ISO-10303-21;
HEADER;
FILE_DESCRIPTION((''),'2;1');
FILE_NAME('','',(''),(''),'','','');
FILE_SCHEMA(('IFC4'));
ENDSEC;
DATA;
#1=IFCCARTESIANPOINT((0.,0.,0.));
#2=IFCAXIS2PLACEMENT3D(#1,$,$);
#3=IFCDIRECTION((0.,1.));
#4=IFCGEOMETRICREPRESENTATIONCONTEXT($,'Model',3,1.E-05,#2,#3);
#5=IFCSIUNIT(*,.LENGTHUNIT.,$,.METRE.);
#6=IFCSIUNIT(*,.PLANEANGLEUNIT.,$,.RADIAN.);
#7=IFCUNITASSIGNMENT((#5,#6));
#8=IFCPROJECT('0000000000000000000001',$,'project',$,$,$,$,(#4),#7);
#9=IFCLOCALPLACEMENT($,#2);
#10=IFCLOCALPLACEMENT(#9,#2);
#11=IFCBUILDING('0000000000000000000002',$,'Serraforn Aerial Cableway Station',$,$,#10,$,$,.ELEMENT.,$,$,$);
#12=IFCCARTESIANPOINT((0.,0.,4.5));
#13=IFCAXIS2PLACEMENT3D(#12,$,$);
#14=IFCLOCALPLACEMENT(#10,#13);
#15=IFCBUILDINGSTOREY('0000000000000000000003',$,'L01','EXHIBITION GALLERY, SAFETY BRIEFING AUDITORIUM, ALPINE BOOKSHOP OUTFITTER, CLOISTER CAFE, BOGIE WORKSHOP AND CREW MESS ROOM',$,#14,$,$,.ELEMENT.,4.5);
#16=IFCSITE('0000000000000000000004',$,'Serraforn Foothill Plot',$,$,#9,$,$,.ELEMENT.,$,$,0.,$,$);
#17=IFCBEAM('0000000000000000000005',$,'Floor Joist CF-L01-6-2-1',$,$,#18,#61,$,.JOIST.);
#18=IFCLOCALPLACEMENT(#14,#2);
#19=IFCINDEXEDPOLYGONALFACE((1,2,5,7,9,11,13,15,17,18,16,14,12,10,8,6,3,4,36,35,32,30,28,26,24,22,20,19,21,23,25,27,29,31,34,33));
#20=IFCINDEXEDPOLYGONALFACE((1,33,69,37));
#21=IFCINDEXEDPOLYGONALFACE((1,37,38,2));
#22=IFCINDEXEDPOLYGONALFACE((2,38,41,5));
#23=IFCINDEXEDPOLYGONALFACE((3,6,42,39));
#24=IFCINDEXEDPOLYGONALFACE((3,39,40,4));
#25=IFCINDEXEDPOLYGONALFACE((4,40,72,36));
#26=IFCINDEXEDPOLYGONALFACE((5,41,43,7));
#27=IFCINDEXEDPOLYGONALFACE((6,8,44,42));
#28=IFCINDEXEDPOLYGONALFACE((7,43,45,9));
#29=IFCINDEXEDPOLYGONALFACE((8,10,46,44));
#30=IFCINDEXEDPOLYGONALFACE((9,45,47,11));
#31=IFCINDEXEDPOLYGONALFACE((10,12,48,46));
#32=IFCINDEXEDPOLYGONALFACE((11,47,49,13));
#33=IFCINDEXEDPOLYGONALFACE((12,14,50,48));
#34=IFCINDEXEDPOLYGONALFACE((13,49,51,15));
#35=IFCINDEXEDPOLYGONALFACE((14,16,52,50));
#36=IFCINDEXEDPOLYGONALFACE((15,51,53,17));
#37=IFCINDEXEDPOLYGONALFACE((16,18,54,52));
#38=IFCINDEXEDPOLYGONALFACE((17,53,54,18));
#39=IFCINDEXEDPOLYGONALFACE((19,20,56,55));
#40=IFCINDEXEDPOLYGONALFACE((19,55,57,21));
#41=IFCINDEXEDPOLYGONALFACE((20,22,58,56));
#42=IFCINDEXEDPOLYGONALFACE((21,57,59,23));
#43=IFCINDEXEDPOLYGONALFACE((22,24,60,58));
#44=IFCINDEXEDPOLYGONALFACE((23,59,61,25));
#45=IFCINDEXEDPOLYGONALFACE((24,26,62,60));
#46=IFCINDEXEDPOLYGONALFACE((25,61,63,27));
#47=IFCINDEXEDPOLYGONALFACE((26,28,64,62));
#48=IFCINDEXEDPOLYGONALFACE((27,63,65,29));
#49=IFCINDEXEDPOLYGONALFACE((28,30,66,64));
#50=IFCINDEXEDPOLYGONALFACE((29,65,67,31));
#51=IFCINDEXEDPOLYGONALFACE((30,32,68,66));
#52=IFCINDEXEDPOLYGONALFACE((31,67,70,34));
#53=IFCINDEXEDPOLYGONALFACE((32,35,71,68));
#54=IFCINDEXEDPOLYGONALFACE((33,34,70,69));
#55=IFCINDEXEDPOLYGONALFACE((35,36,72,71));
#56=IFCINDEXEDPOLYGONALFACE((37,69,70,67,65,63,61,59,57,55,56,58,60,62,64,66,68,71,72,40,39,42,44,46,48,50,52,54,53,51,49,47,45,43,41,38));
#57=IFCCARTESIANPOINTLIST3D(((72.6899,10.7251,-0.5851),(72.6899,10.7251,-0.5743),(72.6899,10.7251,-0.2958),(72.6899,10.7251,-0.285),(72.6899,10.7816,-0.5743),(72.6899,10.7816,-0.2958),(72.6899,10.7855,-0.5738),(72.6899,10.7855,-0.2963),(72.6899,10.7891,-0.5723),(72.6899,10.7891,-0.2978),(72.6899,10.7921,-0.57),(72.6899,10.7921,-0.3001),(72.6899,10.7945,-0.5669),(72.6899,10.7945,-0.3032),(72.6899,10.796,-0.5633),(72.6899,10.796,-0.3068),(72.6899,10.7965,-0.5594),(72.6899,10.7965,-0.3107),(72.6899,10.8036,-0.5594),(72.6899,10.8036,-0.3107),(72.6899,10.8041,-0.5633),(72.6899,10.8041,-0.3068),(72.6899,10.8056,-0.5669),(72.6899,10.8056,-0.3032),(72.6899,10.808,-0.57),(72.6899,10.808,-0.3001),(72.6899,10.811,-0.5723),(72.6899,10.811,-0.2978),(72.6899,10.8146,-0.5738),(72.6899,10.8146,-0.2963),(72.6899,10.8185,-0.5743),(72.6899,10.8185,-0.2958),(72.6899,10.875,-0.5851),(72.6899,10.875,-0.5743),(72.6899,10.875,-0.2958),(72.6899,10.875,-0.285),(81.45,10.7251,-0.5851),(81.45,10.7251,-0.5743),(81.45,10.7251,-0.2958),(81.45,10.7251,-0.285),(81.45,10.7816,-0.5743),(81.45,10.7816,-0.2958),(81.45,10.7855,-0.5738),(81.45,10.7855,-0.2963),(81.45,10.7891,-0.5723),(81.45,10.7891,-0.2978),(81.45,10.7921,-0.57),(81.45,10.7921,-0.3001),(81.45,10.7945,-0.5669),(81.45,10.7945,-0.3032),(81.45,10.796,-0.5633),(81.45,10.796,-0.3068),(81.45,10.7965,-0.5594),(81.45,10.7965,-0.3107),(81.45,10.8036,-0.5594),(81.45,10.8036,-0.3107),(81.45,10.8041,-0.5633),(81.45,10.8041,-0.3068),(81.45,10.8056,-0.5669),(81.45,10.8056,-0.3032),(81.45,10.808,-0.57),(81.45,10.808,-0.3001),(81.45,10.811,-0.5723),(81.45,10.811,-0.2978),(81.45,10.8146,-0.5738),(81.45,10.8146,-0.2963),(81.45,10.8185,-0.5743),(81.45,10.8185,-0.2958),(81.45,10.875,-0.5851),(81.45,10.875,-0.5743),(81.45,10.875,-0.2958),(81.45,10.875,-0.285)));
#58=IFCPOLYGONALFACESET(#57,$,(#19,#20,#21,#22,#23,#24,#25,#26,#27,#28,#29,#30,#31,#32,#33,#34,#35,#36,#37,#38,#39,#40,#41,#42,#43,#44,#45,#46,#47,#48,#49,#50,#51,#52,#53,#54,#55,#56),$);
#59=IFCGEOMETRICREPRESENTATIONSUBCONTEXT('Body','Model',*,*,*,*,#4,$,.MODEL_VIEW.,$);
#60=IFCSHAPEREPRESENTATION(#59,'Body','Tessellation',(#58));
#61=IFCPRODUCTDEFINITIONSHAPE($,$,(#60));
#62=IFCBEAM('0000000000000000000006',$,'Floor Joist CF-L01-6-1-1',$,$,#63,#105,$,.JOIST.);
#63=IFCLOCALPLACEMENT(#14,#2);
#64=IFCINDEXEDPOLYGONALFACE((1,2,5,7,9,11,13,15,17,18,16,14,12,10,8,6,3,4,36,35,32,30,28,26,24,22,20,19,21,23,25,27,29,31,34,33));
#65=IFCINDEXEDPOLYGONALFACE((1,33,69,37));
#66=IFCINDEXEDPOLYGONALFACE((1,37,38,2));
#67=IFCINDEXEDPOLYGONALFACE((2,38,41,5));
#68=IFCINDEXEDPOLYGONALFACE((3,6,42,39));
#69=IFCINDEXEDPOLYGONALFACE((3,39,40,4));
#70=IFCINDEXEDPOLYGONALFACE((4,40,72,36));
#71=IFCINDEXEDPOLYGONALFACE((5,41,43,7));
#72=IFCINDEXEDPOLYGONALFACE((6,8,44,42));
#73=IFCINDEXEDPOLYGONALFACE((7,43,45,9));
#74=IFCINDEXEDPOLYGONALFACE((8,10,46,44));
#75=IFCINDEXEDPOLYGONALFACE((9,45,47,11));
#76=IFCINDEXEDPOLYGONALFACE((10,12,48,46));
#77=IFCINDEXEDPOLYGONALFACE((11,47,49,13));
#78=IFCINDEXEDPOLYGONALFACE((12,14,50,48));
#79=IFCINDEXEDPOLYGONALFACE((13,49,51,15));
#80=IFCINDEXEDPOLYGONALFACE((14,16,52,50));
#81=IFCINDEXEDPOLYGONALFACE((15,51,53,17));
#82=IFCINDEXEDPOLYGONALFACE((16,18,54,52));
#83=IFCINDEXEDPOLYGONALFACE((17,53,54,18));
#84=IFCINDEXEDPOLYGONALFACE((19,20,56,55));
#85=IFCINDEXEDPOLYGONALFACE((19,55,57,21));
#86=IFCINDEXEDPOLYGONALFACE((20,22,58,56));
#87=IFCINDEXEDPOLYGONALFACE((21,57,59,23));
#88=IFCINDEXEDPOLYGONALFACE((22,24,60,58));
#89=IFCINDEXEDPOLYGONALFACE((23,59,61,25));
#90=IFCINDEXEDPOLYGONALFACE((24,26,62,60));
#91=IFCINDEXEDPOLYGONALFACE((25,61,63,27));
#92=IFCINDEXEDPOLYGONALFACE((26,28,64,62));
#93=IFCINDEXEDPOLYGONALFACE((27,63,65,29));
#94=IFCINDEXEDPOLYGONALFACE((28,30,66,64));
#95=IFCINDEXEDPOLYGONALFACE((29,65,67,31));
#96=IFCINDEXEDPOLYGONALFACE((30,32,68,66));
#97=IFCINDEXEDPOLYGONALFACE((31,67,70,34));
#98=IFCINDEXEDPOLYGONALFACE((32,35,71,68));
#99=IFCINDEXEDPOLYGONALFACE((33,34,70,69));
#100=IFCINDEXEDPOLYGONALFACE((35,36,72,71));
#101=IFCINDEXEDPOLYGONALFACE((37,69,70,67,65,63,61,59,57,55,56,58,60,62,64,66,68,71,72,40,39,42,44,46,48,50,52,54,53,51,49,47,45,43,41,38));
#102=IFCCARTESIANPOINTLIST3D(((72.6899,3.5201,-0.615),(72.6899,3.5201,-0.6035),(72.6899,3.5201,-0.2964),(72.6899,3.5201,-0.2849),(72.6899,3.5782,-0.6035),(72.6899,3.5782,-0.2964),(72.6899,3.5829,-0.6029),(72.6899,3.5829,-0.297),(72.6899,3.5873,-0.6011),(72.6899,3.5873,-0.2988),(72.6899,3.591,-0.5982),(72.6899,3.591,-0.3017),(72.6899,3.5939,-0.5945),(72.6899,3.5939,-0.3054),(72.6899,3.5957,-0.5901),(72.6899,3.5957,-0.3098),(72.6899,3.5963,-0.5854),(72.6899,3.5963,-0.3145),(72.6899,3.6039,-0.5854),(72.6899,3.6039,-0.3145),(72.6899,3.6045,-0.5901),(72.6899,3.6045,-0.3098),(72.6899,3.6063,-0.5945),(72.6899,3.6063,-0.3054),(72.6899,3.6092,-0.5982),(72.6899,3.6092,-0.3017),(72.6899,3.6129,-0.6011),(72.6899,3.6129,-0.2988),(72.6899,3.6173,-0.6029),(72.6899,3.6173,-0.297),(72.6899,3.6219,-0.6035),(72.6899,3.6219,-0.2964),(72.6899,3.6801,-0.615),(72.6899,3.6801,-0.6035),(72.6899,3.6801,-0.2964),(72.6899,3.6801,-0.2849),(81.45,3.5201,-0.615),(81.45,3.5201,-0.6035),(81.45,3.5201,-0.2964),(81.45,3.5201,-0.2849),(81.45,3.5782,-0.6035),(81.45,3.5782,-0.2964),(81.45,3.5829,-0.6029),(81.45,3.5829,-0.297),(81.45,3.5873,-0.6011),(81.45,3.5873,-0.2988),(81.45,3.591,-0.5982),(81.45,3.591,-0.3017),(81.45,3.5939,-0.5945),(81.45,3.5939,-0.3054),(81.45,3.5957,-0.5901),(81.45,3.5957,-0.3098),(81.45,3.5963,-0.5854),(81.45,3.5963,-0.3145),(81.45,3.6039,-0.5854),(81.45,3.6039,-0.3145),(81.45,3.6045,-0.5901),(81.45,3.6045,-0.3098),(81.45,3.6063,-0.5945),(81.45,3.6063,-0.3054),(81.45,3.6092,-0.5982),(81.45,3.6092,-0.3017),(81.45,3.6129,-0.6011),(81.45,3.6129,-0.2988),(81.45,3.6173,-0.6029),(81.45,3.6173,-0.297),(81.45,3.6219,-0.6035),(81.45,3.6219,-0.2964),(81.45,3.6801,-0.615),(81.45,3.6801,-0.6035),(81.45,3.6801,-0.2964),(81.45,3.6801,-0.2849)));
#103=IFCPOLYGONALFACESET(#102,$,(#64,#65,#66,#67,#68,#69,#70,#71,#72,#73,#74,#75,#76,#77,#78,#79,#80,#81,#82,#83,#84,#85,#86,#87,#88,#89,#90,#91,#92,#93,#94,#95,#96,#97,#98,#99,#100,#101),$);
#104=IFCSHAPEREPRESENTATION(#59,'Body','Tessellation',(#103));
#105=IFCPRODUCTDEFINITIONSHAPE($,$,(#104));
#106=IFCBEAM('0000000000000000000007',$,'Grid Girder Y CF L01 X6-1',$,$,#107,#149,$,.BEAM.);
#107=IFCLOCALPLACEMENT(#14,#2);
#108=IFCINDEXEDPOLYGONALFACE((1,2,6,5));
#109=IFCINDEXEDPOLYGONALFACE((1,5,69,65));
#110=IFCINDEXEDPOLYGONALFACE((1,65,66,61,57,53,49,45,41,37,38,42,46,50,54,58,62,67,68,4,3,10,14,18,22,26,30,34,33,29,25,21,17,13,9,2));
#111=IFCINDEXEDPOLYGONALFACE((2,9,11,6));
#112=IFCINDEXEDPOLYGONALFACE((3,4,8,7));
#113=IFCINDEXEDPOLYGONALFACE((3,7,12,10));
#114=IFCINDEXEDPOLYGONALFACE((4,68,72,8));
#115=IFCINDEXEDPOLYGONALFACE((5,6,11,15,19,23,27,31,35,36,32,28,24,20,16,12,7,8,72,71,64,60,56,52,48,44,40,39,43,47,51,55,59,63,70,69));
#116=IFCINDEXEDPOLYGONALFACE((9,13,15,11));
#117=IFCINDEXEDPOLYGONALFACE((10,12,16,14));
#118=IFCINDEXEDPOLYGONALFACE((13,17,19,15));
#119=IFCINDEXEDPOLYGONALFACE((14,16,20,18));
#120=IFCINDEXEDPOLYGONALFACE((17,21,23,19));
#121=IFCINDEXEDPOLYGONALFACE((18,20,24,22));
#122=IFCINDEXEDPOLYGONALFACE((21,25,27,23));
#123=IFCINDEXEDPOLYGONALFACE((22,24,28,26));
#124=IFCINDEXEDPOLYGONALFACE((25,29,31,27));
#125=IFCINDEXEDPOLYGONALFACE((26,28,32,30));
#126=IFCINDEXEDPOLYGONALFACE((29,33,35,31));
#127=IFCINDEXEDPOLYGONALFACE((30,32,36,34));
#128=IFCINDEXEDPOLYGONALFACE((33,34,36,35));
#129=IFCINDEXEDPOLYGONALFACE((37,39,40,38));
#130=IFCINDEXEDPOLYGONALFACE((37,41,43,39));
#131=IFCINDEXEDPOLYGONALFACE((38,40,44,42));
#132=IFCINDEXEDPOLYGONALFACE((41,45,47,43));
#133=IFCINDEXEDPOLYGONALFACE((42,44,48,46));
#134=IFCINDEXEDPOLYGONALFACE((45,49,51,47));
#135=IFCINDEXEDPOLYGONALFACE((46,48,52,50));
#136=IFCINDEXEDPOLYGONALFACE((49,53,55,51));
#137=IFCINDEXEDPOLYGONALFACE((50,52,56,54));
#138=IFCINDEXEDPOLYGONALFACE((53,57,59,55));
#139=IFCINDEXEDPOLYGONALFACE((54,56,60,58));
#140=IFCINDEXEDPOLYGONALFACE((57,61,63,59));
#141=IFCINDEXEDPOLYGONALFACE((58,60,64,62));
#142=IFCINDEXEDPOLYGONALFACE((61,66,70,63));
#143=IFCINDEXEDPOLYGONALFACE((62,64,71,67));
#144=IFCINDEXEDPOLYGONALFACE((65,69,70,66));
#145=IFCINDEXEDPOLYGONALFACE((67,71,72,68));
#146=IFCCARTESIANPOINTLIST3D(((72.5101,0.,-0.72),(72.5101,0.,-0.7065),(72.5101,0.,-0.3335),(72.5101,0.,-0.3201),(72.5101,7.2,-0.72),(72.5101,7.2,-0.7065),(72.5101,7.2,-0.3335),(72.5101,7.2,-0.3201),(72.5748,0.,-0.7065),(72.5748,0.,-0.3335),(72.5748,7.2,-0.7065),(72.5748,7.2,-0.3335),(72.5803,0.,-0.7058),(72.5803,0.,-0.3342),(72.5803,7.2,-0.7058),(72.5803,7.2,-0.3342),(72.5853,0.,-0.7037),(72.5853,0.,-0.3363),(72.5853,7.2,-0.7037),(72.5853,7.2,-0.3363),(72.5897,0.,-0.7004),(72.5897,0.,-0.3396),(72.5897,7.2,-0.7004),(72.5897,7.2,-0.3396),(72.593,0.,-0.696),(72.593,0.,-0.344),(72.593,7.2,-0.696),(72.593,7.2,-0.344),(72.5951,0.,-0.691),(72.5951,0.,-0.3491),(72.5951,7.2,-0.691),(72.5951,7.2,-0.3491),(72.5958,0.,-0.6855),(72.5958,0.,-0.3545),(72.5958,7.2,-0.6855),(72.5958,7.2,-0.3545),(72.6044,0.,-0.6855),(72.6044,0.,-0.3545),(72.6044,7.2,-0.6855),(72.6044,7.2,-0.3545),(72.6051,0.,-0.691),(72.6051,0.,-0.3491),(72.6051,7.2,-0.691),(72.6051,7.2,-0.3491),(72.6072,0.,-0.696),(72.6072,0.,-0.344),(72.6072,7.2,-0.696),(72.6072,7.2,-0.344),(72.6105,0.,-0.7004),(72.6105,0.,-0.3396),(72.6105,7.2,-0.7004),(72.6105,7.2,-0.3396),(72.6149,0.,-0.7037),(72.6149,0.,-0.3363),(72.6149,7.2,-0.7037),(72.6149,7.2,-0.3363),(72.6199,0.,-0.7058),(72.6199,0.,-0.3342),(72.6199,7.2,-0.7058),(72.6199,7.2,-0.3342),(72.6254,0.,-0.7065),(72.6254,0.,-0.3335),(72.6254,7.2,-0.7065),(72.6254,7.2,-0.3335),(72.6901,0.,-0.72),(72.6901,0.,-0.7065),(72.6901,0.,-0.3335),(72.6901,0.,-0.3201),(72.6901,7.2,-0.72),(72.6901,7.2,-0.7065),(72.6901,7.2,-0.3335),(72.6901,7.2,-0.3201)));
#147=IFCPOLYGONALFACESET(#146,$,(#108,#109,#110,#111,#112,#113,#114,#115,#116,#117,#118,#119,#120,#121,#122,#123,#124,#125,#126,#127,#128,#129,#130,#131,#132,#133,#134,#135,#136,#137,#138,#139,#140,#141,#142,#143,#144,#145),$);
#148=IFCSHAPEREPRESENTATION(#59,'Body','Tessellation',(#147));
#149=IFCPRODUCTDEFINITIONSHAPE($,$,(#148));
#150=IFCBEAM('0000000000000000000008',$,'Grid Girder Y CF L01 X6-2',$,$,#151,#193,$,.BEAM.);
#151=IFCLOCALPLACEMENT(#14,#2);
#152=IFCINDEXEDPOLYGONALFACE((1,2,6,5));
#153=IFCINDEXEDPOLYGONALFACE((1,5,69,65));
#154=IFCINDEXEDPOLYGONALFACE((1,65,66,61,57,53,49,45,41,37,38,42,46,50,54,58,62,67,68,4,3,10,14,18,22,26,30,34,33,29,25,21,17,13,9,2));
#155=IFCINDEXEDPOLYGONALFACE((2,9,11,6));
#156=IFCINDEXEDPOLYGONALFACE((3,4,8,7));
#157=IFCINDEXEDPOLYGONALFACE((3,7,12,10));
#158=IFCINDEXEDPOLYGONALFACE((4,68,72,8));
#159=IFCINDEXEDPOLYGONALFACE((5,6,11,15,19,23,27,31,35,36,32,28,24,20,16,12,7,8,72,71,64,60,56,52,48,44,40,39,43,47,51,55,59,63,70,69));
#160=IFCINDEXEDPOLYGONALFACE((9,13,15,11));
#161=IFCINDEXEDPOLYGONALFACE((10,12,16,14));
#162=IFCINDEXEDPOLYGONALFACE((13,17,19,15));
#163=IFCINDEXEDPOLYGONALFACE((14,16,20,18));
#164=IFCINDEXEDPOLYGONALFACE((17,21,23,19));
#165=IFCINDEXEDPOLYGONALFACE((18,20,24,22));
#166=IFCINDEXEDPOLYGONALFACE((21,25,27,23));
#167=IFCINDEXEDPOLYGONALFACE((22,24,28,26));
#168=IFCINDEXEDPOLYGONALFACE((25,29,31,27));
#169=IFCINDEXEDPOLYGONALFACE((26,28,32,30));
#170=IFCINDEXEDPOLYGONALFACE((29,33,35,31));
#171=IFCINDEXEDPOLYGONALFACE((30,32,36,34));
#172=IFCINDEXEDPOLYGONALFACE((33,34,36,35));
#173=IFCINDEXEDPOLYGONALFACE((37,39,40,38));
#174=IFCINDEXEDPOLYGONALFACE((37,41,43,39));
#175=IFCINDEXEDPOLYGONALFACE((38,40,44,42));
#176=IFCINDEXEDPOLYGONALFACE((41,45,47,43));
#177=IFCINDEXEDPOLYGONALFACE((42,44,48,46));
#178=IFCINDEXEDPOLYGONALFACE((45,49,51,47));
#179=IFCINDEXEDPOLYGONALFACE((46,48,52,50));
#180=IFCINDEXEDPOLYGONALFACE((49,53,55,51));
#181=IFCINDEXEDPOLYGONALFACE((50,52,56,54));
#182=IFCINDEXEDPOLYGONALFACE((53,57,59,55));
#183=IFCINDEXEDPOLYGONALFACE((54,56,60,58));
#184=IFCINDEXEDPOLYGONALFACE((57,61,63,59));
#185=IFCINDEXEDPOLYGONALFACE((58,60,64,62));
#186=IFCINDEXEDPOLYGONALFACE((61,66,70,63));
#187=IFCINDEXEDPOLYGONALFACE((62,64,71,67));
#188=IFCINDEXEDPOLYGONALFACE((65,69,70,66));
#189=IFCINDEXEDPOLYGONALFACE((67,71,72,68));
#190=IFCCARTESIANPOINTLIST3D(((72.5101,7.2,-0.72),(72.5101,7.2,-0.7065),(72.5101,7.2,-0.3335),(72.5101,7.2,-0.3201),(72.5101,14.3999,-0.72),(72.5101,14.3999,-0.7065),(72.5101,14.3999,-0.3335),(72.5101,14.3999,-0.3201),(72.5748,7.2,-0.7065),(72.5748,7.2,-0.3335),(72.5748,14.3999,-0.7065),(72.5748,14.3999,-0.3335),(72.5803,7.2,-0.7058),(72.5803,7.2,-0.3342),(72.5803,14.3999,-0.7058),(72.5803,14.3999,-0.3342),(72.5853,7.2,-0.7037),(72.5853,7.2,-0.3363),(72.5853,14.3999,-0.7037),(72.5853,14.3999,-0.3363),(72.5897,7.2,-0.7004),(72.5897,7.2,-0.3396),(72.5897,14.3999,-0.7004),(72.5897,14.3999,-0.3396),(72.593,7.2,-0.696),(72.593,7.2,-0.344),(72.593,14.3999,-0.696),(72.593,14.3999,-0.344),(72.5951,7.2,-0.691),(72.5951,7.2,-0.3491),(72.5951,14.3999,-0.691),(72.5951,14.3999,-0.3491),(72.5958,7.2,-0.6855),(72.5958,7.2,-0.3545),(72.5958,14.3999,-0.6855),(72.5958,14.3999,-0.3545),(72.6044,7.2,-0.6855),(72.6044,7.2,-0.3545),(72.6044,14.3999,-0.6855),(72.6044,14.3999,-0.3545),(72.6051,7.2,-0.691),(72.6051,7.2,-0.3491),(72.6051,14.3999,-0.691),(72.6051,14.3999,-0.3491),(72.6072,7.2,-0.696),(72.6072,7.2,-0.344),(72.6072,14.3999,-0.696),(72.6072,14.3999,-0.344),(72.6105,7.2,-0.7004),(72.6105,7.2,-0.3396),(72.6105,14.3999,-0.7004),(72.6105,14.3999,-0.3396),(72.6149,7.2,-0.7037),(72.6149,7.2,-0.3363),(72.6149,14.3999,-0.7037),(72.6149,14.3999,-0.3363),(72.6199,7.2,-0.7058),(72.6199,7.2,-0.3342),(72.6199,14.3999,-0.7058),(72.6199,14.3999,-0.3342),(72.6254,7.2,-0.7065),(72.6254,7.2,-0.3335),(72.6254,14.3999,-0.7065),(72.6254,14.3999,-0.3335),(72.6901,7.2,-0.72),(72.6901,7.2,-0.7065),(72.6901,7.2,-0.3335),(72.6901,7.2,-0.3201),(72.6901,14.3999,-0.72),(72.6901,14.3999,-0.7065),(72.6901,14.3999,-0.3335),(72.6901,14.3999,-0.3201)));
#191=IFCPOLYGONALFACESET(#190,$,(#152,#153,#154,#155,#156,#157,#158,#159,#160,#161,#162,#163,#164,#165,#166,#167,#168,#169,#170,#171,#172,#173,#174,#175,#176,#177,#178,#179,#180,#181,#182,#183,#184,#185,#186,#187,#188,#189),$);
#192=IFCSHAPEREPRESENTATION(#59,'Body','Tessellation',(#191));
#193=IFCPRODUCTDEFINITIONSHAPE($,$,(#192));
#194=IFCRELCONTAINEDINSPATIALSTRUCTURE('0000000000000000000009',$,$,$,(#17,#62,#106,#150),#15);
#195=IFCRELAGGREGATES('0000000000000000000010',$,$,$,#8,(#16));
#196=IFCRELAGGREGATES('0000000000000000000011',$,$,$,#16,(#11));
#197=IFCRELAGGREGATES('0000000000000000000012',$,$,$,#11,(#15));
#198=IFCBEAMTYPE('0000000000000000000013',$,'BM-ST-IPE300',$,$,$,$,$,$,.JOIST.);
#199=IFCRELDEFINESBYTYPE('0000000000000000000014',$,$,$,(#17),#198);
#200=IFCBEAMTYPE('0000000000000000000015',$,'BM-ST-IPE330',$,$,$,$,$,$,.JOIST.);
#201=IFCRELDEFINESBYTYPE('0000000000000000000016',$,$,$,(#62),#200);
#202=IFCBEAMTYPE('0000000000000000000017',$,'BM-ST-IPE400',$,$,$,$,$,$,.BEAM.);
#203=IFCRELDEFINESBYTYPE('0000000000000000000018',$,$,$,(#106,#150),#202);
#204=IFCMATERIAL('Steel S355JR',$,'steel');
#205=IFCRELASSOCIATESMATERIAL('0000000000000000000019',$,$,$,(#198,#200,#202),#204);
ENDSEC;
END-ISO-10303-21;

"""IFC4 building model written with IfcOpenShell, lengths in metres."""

from ifc_helpers import new_model, si_unit, direction, frame, origin, origin_2d, place, context, subcontext, project, spatial, i_section, extrude, material, material_profile, profile_set, type_object, element, save


model = new_model("IFC4")

# Units and contexts
model_context = context("Model", 3, precision=1e-05, world=origin(), true_north=direction((0.0, 1.0)))
body_context = subcontext(model_context, "Body", "Model", "MODEL_VIEW")
ifc_project = project(units=[si_unit("LENGTHUNIT", "METRE"), si_unit("PLANEANGLEUNIT", "RADIAN")], contexts=[model_context])

# Site, building, storey
site_placement = place(None, origin())
site = spatial("IfcSite", under=ifc_project, at=site_placement, Name="Serraforn Foothill Plot", CompositionType="ELEMENT", RefElevation=0.0)
building_placement = place(site_placement, origin())
building = spatial("IfcBuilding", under=site, at=building_placement, Name="Serraforn Aerial Cableway Station", CompositionType="ELEMENT")
storey_placement = place(building_placement, frame((0.0, 0.0, 4.5)))
storey = spatial("IfcBuildingStorey", under=building, at=storey_placement, Name="L01", Description="EXHIBITION GALLERY, SAFETY BRIEFING AUDITORIUM, ALPINE BOOKSHOP OUTFITTER, CLOISTER CAFE, BOGIE WORKSHOP AND CREW MESS ROOM", CompositionType="ELEMENT", Elevation=4.5)

# Beams
ifc_material_1 = material(Name="Steel S355JR", Category="steel")
ifc_material_profile_1 = material_profile(ifc_material_1, i_section(OverallWidth=0.1499, OverallDepth=0.3, WebThickness=0.0071, FlangeThickness=0.0107, FilletRadius=0.0149, at=origin_2d()), Name="IPE 300")
ifc_profile_set_1 = profile_set([ifc_material_profile_1], Name="Steel S355JR")
beam_type_1 = type_object("IfcBeamType", Name="BM-ST-IPE300", PredefinedType="JOIST", material=ifc_profile_set_1)
beam_1_placement = place(storey_placement, frame((72.6899, 10.8, -0.4351), z_axis=(1.0, 0.0, 0.0), x_axis=(0.0, 1.0, 0.0)))
element("IfcBeam", 1, at=beam_1_placement, inside=storey, type_object=beam_type_1, Name="Floor Joist CF-L01-6-2-1", PredefinedType="JOIST", context=body_context, shape_type="SweptSolid", body=[
    extrude(i_section(OverallWidth=0.1499, OverallDepth=0.3, WebThickness=0.0071, FlangeThickness=0.0107, FilletRadius=0.0149, at=origin_2d()), origin(), (0.0, 0.0, 1.0), 8.76),
])
ifc_material_profile_2 = material_profile(ifc_material_1, i_section(OverallWidth=0.1599, OverallDepth=0.3301, WebThickness=0.0076, FlangeThickness=0.0115, FilletRadius=0.0181, at=origin_2d()), Name="IPE 330")
ifc_profile_set_2 = profile_set([ifc_material_profile_2], Name="Steel S355JR")
beam_type_2 = type_object("IfcBeamType", Name="BM-ST-IPE330", PredefinedType="JOIST", material=ifc_profile_set_2)
beam_2_placement = place(storey_placement, frame((72.6899, 3.6001, -0.45), z_axis=(1.0, 0.0, 0.0), x_axis=(0.0, 1.0, 0.0)))
element("IfcBeam", 2, at=beam_2_placement, inside=storey, type_object=beam_type_2, Name="Floor Joist CF-L01-6-1-1", PredefinedType="JOIST", context=body_context, shape_type="SweptSolid", body=[
    extrude(i_section(OverallWidth=0.1599, OverallDepth=0.3301, WebThickness=0.0076, FlangeThickness=0.0115, FilletRadius=0.0181, at=origin_2d()), origin(), (0.0, 0.0, 1.0), 8.76),
])
ifc_material_profile_3 = material_profile(ifc_material_1, i_section(OverallWidth=0.1799, OverallDepth=0.3999, WebThickness=0.0085, FlangeThickness=0.0134, FilletRadius=0.021, at=origin_2d()), Name="IPE 400")
ifc_profile_set_3 = profile_set([ifc_material_profile_3], Name="Steel S355JR")
beam_type_3 = type_object("IfcBeamType", Name="BM-ST-IPE400", PredefinedType="BEAM", material=ifc_profile_set_3)
for number, where, z_axis, x_axis, name in (
    (3, (72.6001, 0.0, -0.52), (0.0, 1.0, 0.0), (-1.0, 0.0, 0.0), "Grid Girder Y CF L01 X6-1"),
    (4, (72.6001, 7.2, -0.52), (0.0, 1.0, 0.0), (-1.0, 0.0, 0.0), "Grid Girder Y CF L01 X6-2"),
):
    element("IfcBeam", number, at=place(storey_placement, frame(where, z_axis=z_axis, x_axis=x_axis)), inside=storey, type_object=beam_type_3, Name=name, PredefinedType="BEAM", context=body_context, shape_type="SweptSolid", body=[
        extrude(i_section(OverallWidth=0.1799, OverallDepth=0.3999, WebThickness=0.0085, FlangeThickness=0.0134, FilletRadius=0.021, at=origin_2d()), origin(), (0.0, 0.0, 1.0), 7.2),
    ])

save(model, "model.ifc")
